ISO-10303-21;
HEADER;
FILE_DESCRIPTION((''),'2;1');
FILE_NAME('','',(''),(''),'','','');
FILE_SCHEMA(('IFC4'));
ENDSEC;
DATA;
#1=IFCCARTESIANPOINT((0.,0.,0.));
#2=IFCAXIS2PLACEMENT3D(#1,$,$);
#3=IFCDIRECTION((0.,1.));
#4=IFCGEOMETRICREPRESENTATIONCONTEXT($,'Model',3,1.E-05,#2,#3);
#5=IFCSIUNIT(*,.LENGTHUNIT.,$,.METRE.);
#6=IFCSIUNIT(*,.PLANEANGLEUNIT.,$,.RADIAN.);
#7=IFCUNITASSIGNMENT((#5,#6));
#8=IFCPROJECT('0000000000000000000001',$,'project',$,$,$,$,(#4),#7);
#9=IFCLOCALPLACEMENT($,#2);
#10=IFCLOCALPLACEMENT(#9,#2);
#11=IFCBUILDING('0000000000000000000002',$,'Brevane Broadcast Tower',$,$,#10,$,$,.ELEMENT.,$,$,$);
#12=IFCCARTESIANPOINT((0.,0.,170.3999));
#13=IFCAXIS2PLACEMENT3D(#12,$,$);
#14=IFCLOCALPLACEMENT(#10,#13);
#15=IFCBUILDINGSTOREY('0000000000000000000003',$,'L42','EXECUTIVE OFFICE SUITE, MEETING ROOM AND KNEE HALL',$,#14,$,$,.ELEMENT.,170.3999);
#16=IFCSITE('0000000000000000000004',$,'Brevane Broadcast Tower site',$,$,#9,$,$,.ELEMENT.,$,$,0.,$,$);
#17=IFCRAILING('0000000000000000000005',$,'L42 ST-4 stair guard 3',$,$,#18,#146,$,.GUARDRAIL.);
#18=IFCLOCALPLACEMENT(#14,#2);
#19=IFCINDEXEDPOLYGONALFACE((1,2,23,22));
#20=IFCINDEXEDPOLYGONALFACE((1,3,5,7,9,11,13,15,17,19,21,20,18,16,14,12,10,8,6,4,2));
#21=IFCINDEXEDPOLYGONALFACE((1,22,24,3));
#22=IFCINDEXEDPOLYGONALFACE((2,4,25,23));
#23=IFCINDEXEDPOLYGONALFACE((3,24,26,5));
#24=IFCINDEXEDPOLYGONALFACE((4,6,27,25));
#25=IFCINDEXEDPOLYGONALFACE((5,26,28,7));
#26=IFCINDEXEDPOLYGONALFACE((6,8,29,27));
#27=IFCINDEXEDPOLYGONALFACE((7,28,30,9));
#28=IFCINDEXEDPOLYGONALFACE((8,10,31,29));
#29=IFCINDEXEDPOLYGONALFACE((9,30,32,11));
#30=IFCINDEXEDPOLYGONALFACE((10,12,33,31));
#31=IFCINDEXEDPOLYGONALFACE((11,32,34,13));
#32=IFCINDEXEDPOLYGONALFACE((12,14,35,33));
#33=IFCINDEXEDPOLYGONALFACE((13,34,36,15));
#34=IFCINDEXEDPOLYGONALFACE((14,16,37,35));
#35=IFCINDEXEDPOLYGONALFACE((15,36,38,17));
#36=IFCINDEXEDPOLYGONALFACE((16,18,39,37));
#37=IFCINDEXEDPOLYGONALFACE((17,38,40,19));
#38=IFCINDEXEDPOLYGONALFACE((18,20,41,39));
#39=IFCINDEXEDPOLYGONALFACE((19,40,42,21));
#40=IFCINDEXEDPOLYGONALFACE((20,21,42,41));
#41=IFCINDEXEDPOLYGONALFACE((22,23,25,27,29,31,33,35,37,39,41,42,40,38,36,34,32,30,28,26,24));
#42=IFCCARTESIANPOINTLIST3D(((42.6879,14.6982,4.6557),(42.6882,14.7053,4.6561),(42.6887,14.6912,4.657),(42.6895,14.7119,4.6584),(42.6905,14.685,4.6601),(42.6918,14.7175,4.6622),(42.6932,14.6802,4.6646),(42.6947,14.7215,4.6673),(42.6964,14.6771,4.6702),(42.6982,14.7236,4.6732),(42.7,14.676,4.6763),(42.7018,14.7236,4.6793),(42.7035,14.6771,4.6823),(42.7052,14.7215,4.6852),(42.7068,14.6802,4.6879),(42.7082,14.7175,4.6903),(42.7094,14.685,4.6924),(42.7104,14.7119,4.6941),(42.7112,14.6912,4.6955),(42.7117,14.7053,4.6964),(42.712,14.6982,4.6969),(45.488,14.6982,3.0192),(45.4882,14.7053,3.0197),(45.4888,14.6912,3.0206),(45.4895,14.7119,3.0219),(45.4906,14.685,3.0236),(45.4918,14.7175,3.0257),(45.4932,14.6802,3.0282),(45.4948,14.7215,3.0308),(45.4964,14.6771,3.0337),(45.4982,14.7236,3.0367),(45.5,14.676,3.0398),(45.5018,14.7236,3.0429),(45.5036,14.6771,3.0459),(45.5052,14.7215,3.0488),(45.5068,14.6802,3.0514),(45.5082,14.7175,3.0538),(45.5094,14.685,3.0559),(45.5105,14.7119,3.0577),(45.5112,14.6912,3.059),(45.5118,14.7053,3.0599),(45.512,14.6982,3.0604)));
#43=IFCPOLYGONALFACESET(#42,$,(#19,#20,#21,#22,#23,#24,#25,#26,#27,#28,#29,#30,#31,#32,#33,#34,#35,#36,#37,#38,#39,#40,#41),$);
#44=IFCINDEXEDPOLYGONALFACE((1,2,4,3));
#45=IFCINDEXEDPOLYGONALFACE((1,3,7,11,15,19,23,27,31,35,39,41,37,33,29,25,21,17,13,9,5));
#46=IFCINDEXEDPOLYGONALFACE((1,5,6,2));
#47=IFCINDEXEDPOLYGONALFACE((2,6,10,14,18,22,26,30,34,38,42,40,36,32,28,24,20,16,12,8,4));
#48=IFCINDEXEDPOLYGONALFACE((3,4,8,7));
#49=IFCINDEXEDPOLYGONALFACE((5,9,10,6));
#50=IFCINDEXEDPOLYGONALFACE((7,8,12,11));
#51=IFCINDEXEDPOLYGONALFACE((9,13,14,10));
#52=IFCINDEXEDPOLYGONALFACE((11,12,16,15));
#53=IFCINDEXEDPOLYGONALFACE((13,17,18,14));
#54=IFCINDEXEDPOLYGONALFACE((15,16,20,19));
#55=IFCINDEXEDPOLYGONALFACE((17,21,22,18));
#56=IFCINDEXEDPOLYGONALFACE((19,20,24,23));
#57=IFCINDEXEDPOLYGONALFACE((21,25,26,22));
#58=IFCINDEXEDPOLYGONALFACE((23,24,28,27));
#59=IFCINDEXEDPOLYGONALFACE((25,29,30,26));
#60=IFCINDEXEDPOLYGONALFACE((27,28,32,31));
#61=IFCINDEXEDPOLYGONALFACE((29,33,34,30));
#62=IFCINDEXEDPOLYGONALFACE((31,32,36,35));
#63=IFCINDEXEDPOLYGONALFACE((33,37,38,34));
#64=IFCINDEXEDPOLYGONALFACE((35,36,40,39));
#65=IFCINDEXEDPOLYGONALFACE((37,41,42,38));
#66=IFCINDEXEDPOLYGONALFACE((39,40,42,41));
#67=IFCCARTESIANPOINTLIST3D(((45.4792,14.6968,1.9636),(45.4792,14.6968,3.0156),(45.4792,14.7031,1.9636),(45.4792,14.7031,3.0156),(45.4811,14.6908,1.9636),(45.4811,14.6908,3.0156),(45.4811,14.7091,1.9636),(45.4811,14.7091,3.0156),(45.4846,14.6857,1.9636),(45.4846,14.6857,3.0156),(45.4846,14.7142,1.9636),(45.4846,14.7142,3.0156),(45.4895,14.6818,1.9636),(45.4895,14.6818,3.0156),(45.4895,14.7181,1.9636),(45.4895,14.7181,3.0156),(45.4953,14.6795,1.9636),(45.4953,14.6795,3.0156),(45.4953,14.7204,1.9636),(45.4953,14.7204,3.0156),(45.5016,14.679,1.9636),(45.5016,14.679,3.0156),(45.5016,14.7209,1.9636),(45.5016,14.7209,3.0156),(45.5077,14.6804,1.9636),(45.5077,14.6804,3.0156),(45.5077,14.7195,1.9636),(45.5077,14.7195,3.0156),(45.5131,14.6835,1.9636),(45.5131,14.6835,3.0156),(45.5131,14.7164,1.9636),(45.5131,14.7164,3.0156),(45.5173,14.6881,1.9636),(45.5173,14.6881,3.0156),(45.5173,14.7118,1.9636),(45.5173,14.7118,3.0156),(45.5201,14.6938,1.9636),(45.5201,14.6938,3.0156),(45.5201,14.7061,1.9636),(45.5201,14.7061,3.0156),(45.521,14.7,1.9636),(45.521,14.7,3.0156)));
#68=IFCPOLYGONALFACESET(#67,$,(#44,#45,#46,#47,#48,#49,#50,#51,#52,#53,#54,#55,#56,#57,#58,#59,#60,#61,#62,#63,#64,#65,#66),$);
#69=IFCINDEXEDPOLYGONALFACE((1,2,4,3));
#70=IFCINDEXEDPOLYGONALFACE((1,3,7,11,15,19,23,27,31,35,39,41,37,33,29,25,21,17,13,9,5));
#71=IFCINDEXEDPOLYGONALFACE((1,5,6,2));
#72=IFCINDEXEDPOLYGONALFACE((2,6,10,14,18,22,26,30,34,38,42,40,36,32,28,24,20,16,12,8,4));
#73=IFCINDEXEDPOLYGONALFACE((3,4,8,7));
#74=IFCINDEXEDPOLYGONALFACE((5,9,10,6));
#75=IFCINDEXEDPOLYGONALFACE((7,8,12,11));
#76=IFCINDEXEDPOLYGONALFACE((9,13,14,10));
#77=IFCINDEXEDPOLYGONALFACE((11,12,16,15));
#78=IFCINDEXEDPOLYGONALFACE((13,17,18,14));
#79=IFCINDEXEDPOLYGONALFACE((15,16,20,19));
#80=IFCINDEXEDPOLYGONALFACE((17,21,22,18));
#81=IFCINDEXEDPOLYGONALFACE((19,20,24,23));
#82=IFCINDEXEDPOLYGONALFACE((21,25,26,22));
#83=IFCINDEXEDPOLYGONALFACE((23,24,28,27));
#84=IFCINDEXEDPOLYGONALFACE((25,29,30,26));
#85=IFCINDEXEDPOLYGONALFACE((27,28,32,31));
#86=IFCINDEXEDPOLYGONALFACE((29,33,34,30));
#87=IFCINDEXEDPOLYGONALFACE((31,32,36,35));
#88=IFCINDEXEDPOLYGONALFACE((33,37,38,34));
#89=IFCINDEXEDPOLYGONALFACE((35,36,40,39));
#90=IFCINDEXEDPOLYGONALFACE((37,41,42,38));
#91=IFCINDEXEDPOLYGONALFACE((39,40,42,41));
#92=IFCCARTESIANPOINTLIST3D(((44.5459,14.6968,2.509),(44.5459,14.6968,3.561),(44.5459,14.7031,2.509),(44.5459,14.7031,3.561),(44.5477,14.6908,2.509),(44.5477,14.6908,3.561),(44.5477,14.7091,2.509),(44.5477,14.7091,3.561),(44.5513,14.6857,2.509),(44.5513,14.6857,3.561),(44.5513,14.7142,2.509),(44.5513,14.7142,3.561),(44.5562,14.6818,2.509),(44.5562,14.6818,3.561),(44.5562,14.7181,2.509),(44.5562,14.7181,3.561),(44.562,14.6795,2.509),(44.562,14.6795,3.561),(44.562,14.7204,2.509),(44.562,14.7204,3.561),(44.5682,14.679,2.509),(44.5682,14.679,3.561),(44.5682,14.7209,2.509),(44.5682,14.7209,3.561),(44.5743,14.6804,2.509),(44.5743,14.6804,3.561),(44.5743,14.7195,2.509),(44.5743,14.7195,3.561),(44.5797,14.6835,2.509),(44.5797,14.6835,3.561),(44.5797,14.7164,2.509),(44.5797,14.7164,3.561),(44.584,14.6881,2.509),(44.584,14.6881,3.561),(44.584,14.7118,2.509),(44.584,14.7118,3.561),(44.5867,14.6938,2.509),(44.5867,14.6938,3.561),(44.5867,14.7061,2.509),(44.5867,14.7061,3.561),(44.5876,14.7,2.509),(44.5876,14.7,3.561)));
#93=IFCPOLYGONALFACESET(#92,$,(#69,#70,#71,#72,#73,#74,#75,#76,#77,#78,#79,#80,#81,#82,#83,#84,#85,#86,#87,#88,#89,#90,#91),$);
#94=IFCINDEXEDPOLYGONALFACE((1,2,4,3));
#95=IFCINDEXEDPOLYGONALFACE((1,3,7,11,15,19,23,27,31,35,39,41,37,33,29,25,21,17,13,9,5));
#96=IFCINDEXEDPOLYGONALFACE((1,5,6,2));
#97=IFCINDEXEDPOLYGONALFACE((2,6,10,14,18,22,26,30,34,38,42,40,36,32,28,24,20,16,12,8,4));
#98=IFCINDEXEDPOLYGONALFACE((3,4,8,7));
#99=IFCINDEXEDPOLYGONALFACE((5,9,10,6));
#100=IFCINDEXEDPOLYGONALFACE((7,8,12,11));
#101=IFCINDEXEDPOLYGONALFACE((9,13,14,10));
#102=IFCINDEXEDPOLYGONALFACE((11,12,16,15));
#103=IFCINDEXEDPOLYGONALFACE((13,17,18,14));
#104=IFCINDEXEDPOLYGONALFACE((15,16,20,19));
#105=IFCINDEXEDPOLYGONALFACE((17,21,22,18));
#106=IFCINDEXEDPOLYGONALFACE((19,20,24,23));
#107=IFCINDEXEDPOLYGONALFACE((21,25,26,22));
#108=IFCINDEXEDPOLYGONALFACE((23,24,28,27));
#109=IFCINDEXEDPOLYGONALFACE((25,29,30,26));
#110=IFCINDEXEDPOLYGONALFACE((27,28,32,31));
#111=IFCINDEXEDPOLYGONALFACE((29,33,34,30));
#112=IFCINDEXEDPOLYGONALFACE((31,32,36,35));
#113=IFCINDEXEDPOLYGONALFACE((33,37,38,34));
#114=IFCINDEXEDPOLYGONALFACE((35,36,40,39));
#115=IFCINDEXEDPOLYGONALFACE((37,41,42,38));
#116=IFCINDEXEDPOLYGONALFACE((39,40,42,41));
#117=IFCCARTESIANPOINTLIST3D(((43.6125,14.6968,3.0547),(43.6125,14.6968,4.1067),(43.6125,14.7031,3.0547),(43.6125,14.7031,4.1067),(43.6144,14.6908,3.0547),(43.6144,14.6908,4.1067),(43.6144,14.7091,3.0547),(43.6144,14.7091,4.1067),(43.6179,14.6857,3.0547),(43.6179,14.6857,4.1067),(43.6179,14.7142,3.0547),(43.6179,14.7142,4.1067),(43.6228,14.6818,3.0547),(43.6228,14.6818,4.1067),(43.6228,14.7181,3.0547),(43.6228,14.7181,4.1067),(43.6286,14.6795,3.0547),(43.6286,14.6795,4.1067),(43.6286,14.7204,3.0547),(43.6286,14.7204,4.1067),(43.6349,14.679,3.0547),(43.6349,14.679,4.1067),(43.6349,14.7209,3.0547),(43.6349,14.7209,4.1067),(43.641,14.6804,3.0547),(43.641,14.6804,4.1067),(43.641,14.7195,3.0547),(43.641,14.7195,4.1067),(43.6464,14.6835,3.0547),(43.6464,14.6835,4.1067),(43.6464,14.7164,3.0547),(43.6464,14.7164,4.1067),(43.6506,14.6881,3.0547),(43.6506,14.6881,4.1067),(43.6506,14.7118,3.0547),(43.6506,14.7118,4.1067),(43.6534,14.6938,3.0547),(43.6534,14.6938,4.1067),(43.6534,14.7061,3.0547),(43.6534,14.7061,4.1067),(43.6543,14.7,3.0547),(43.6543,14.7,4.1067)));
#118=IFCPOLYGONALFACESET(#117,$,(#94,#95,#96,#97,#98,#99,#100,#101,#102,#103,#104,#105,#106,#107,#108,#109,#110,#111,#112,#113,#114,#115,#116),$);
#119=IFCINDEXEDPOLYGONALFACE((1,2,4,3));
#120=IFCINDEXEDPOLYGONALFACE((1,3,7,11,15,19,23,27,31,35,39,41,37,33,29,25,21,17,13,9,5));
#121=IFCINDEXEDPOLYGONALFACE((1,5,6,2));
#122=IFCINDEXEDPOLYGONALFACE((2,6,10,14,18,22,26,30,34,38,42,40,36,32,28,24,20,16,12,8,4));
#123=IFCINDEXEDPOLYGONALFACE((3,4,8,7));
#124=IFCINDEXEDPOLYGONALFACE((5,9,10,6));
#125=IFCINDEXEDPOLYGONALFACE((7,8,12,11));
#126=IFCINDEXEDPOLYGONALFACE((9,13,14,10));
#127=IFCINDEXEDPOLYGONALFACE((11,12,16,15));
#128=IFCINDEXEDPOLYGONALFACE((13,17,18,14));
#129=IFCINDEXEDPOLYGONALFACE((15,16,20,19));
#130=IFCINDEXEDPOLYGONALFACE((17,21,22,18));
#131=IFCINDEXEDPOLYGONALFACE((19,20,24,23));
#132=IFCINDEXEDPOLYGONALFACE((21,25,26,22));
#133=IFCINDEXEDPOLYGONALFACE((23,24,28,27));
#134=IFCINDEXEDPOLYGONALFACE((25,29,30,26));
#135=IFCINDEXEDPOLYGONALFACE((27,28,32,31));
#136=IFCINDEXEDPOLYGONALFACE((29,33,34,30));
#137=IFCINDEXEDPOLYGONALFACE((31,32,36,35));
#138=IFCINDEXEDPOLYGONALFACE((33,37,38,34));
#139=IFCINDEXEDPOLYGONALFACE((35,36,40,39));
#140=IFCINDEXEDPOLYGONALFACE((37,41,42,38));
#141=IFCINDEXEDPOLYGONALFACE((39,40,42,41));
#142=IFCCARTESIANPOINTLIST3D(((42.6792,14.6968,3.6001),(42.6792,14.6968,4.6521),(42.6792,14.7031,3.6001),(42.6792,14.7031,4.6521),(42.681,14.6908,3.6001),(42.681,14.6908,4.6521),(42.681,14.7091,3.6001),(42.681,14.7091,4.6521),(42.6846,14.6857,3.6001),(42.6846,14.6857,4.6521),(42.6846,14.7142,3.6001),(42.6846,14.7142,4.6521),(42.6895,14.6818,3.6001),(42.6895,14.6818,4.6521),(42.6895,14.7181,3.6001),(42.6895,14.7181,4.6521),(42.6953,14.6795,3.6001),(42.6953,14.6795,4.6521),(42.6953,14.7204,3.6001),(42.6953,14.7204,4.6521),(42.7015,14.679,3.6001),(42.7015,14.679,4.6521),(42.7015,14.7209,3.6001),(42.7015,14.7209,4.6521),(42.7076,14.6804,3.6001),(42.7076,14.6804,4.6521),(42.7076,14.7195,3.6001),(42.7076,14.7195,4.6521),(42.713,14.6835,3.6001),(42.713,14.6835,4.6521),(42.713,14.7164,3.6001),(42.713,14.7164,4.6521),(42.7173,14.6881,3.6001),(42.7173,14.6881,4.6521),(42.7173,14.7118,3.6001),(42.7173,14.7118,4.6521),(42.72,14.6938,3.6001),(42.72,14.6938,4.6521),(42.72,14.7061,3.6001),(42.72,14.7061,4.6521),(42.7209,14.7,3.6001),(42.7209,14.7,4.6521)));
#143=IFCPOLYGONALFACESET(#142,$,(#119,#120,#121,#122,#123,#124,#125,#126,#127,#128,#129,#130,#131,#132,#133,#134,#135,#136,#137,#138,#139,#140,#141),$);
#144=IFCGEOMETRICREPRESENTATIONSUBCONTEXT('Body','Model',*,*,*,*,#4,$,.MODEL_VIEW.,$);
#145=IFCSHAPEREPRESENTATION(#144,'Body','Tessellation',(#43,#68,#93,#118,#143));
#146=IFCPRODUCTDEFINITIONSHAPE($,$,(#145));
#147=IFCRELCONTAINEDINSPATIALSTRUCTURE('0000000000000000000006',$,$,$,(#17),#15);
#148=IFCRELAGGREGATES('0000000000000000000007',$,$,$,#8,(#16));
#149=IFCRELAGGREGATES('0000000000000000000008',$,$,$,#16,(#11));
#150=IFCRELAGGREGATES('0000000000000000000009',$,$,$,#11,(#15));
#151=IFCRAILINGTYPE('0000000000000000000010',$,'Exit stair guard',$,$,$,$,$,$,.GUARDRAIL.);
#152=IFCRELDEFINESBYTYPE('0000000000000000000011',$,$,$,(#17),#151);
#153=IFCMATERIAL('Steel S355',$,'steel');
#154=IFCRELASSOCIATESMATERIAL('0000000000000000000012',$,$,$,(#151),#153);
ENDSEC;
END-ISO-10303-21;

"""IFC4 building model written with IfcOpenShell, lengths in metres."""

from ifc_helpers import new_model, si_unit, direction, frame, origin, origin_2d, place, context, subcontext, project, spatial, circle, extrude, material, type_object, element, save


model = new_model("IFC4")

# Units and contexts
model_context = context("Model", 3, precision=1e-05, world=origin(), true_north=direction((0.0, 1.0)))
body_context = subcontext(model_context, "Body", "Model", "MODEL_VIEW")
ifc_project = project(units=[si_unit("LENGTHUNIT", "METRE"), si_unit("PLANEANGLEUNIT", "RADIAN")], contexts=[model_context])

# Site, building, storey
site_placement = place(None, origin())
site = spatial("IfcSite", under=ifc_project, at=site_placement, Name="Brevane Broadcast Tower site", CompositionType="ELEMENT", RefElevation=0.0)
building_placement = place(site_placement, origin())
building = spatial("IfcBuilding", under=site, at=building_placement, Name="Brevane Broadcast Tower", CompositionType="ELEMENT")
storey_placement = place(building_placement, frame((0.0, 0.0, 170.3999)))
storey = spatial("IfcBuildingStorey", under=building, at=storey_placement, Name="L42", Description="EXECUTIVE OFFICE SUITE, MEETING ROOM AND KNEE HALL", CompositionType="ELEMENT", Elevation=170.3999)

# Railing
ifc_material_1 = material(Name="Steel S355", Category="steel")
railing_type_1 = type_object("IfcRailingType", Name="Exit stair guard", PredefinedType="GUARDRAIL", material=ifc_material_1)
railing_1_placement = place(storey_placement, frame((45.5, 14.7, 1.9636)))
element("IfcRailing", 1, at=railing_1_placement, inside=storey, type_object=railing_type_1, Name="L42 ST-4 stair guard 3", PredefinedType="GUARDRAIL", context=body_context, shape_type="SweptSolid", body=[
    extrude(circle(Radius=0.0239, at=origin_2d()), frame((0.0, 0.0, 1.0762), z_axis=(-0.863361, 0.0, 0.504587), x_axis=(0.0, -1.0, 0.0)), (0.0, 0.0, 1.0), 3.2432),
    extrude(circle(Radius=0.021, at=origin_2d()), origin(), (0.0, 0.0, 1.0), 1.052),
    extrude(circle(Radius=0.021, at=origin_2d()), frame((-0.9333, 0.0, 0.5454)), (0.0, 0.0, 1.0), 1.052),
    extrude(circle(Radius=0.021, at=origin_2d()), frame((-1.8667, 0.0, 1.0911)), (0.0, 0.0, 1.0), 1.052),
    extrude(circle(Radius=0.021, at=origin_2d()), frame((-2.8, 0.0, 1.6365)), (0.0, 0.0, 1.0), 1.052),
])

save(model, "model.ifc")
